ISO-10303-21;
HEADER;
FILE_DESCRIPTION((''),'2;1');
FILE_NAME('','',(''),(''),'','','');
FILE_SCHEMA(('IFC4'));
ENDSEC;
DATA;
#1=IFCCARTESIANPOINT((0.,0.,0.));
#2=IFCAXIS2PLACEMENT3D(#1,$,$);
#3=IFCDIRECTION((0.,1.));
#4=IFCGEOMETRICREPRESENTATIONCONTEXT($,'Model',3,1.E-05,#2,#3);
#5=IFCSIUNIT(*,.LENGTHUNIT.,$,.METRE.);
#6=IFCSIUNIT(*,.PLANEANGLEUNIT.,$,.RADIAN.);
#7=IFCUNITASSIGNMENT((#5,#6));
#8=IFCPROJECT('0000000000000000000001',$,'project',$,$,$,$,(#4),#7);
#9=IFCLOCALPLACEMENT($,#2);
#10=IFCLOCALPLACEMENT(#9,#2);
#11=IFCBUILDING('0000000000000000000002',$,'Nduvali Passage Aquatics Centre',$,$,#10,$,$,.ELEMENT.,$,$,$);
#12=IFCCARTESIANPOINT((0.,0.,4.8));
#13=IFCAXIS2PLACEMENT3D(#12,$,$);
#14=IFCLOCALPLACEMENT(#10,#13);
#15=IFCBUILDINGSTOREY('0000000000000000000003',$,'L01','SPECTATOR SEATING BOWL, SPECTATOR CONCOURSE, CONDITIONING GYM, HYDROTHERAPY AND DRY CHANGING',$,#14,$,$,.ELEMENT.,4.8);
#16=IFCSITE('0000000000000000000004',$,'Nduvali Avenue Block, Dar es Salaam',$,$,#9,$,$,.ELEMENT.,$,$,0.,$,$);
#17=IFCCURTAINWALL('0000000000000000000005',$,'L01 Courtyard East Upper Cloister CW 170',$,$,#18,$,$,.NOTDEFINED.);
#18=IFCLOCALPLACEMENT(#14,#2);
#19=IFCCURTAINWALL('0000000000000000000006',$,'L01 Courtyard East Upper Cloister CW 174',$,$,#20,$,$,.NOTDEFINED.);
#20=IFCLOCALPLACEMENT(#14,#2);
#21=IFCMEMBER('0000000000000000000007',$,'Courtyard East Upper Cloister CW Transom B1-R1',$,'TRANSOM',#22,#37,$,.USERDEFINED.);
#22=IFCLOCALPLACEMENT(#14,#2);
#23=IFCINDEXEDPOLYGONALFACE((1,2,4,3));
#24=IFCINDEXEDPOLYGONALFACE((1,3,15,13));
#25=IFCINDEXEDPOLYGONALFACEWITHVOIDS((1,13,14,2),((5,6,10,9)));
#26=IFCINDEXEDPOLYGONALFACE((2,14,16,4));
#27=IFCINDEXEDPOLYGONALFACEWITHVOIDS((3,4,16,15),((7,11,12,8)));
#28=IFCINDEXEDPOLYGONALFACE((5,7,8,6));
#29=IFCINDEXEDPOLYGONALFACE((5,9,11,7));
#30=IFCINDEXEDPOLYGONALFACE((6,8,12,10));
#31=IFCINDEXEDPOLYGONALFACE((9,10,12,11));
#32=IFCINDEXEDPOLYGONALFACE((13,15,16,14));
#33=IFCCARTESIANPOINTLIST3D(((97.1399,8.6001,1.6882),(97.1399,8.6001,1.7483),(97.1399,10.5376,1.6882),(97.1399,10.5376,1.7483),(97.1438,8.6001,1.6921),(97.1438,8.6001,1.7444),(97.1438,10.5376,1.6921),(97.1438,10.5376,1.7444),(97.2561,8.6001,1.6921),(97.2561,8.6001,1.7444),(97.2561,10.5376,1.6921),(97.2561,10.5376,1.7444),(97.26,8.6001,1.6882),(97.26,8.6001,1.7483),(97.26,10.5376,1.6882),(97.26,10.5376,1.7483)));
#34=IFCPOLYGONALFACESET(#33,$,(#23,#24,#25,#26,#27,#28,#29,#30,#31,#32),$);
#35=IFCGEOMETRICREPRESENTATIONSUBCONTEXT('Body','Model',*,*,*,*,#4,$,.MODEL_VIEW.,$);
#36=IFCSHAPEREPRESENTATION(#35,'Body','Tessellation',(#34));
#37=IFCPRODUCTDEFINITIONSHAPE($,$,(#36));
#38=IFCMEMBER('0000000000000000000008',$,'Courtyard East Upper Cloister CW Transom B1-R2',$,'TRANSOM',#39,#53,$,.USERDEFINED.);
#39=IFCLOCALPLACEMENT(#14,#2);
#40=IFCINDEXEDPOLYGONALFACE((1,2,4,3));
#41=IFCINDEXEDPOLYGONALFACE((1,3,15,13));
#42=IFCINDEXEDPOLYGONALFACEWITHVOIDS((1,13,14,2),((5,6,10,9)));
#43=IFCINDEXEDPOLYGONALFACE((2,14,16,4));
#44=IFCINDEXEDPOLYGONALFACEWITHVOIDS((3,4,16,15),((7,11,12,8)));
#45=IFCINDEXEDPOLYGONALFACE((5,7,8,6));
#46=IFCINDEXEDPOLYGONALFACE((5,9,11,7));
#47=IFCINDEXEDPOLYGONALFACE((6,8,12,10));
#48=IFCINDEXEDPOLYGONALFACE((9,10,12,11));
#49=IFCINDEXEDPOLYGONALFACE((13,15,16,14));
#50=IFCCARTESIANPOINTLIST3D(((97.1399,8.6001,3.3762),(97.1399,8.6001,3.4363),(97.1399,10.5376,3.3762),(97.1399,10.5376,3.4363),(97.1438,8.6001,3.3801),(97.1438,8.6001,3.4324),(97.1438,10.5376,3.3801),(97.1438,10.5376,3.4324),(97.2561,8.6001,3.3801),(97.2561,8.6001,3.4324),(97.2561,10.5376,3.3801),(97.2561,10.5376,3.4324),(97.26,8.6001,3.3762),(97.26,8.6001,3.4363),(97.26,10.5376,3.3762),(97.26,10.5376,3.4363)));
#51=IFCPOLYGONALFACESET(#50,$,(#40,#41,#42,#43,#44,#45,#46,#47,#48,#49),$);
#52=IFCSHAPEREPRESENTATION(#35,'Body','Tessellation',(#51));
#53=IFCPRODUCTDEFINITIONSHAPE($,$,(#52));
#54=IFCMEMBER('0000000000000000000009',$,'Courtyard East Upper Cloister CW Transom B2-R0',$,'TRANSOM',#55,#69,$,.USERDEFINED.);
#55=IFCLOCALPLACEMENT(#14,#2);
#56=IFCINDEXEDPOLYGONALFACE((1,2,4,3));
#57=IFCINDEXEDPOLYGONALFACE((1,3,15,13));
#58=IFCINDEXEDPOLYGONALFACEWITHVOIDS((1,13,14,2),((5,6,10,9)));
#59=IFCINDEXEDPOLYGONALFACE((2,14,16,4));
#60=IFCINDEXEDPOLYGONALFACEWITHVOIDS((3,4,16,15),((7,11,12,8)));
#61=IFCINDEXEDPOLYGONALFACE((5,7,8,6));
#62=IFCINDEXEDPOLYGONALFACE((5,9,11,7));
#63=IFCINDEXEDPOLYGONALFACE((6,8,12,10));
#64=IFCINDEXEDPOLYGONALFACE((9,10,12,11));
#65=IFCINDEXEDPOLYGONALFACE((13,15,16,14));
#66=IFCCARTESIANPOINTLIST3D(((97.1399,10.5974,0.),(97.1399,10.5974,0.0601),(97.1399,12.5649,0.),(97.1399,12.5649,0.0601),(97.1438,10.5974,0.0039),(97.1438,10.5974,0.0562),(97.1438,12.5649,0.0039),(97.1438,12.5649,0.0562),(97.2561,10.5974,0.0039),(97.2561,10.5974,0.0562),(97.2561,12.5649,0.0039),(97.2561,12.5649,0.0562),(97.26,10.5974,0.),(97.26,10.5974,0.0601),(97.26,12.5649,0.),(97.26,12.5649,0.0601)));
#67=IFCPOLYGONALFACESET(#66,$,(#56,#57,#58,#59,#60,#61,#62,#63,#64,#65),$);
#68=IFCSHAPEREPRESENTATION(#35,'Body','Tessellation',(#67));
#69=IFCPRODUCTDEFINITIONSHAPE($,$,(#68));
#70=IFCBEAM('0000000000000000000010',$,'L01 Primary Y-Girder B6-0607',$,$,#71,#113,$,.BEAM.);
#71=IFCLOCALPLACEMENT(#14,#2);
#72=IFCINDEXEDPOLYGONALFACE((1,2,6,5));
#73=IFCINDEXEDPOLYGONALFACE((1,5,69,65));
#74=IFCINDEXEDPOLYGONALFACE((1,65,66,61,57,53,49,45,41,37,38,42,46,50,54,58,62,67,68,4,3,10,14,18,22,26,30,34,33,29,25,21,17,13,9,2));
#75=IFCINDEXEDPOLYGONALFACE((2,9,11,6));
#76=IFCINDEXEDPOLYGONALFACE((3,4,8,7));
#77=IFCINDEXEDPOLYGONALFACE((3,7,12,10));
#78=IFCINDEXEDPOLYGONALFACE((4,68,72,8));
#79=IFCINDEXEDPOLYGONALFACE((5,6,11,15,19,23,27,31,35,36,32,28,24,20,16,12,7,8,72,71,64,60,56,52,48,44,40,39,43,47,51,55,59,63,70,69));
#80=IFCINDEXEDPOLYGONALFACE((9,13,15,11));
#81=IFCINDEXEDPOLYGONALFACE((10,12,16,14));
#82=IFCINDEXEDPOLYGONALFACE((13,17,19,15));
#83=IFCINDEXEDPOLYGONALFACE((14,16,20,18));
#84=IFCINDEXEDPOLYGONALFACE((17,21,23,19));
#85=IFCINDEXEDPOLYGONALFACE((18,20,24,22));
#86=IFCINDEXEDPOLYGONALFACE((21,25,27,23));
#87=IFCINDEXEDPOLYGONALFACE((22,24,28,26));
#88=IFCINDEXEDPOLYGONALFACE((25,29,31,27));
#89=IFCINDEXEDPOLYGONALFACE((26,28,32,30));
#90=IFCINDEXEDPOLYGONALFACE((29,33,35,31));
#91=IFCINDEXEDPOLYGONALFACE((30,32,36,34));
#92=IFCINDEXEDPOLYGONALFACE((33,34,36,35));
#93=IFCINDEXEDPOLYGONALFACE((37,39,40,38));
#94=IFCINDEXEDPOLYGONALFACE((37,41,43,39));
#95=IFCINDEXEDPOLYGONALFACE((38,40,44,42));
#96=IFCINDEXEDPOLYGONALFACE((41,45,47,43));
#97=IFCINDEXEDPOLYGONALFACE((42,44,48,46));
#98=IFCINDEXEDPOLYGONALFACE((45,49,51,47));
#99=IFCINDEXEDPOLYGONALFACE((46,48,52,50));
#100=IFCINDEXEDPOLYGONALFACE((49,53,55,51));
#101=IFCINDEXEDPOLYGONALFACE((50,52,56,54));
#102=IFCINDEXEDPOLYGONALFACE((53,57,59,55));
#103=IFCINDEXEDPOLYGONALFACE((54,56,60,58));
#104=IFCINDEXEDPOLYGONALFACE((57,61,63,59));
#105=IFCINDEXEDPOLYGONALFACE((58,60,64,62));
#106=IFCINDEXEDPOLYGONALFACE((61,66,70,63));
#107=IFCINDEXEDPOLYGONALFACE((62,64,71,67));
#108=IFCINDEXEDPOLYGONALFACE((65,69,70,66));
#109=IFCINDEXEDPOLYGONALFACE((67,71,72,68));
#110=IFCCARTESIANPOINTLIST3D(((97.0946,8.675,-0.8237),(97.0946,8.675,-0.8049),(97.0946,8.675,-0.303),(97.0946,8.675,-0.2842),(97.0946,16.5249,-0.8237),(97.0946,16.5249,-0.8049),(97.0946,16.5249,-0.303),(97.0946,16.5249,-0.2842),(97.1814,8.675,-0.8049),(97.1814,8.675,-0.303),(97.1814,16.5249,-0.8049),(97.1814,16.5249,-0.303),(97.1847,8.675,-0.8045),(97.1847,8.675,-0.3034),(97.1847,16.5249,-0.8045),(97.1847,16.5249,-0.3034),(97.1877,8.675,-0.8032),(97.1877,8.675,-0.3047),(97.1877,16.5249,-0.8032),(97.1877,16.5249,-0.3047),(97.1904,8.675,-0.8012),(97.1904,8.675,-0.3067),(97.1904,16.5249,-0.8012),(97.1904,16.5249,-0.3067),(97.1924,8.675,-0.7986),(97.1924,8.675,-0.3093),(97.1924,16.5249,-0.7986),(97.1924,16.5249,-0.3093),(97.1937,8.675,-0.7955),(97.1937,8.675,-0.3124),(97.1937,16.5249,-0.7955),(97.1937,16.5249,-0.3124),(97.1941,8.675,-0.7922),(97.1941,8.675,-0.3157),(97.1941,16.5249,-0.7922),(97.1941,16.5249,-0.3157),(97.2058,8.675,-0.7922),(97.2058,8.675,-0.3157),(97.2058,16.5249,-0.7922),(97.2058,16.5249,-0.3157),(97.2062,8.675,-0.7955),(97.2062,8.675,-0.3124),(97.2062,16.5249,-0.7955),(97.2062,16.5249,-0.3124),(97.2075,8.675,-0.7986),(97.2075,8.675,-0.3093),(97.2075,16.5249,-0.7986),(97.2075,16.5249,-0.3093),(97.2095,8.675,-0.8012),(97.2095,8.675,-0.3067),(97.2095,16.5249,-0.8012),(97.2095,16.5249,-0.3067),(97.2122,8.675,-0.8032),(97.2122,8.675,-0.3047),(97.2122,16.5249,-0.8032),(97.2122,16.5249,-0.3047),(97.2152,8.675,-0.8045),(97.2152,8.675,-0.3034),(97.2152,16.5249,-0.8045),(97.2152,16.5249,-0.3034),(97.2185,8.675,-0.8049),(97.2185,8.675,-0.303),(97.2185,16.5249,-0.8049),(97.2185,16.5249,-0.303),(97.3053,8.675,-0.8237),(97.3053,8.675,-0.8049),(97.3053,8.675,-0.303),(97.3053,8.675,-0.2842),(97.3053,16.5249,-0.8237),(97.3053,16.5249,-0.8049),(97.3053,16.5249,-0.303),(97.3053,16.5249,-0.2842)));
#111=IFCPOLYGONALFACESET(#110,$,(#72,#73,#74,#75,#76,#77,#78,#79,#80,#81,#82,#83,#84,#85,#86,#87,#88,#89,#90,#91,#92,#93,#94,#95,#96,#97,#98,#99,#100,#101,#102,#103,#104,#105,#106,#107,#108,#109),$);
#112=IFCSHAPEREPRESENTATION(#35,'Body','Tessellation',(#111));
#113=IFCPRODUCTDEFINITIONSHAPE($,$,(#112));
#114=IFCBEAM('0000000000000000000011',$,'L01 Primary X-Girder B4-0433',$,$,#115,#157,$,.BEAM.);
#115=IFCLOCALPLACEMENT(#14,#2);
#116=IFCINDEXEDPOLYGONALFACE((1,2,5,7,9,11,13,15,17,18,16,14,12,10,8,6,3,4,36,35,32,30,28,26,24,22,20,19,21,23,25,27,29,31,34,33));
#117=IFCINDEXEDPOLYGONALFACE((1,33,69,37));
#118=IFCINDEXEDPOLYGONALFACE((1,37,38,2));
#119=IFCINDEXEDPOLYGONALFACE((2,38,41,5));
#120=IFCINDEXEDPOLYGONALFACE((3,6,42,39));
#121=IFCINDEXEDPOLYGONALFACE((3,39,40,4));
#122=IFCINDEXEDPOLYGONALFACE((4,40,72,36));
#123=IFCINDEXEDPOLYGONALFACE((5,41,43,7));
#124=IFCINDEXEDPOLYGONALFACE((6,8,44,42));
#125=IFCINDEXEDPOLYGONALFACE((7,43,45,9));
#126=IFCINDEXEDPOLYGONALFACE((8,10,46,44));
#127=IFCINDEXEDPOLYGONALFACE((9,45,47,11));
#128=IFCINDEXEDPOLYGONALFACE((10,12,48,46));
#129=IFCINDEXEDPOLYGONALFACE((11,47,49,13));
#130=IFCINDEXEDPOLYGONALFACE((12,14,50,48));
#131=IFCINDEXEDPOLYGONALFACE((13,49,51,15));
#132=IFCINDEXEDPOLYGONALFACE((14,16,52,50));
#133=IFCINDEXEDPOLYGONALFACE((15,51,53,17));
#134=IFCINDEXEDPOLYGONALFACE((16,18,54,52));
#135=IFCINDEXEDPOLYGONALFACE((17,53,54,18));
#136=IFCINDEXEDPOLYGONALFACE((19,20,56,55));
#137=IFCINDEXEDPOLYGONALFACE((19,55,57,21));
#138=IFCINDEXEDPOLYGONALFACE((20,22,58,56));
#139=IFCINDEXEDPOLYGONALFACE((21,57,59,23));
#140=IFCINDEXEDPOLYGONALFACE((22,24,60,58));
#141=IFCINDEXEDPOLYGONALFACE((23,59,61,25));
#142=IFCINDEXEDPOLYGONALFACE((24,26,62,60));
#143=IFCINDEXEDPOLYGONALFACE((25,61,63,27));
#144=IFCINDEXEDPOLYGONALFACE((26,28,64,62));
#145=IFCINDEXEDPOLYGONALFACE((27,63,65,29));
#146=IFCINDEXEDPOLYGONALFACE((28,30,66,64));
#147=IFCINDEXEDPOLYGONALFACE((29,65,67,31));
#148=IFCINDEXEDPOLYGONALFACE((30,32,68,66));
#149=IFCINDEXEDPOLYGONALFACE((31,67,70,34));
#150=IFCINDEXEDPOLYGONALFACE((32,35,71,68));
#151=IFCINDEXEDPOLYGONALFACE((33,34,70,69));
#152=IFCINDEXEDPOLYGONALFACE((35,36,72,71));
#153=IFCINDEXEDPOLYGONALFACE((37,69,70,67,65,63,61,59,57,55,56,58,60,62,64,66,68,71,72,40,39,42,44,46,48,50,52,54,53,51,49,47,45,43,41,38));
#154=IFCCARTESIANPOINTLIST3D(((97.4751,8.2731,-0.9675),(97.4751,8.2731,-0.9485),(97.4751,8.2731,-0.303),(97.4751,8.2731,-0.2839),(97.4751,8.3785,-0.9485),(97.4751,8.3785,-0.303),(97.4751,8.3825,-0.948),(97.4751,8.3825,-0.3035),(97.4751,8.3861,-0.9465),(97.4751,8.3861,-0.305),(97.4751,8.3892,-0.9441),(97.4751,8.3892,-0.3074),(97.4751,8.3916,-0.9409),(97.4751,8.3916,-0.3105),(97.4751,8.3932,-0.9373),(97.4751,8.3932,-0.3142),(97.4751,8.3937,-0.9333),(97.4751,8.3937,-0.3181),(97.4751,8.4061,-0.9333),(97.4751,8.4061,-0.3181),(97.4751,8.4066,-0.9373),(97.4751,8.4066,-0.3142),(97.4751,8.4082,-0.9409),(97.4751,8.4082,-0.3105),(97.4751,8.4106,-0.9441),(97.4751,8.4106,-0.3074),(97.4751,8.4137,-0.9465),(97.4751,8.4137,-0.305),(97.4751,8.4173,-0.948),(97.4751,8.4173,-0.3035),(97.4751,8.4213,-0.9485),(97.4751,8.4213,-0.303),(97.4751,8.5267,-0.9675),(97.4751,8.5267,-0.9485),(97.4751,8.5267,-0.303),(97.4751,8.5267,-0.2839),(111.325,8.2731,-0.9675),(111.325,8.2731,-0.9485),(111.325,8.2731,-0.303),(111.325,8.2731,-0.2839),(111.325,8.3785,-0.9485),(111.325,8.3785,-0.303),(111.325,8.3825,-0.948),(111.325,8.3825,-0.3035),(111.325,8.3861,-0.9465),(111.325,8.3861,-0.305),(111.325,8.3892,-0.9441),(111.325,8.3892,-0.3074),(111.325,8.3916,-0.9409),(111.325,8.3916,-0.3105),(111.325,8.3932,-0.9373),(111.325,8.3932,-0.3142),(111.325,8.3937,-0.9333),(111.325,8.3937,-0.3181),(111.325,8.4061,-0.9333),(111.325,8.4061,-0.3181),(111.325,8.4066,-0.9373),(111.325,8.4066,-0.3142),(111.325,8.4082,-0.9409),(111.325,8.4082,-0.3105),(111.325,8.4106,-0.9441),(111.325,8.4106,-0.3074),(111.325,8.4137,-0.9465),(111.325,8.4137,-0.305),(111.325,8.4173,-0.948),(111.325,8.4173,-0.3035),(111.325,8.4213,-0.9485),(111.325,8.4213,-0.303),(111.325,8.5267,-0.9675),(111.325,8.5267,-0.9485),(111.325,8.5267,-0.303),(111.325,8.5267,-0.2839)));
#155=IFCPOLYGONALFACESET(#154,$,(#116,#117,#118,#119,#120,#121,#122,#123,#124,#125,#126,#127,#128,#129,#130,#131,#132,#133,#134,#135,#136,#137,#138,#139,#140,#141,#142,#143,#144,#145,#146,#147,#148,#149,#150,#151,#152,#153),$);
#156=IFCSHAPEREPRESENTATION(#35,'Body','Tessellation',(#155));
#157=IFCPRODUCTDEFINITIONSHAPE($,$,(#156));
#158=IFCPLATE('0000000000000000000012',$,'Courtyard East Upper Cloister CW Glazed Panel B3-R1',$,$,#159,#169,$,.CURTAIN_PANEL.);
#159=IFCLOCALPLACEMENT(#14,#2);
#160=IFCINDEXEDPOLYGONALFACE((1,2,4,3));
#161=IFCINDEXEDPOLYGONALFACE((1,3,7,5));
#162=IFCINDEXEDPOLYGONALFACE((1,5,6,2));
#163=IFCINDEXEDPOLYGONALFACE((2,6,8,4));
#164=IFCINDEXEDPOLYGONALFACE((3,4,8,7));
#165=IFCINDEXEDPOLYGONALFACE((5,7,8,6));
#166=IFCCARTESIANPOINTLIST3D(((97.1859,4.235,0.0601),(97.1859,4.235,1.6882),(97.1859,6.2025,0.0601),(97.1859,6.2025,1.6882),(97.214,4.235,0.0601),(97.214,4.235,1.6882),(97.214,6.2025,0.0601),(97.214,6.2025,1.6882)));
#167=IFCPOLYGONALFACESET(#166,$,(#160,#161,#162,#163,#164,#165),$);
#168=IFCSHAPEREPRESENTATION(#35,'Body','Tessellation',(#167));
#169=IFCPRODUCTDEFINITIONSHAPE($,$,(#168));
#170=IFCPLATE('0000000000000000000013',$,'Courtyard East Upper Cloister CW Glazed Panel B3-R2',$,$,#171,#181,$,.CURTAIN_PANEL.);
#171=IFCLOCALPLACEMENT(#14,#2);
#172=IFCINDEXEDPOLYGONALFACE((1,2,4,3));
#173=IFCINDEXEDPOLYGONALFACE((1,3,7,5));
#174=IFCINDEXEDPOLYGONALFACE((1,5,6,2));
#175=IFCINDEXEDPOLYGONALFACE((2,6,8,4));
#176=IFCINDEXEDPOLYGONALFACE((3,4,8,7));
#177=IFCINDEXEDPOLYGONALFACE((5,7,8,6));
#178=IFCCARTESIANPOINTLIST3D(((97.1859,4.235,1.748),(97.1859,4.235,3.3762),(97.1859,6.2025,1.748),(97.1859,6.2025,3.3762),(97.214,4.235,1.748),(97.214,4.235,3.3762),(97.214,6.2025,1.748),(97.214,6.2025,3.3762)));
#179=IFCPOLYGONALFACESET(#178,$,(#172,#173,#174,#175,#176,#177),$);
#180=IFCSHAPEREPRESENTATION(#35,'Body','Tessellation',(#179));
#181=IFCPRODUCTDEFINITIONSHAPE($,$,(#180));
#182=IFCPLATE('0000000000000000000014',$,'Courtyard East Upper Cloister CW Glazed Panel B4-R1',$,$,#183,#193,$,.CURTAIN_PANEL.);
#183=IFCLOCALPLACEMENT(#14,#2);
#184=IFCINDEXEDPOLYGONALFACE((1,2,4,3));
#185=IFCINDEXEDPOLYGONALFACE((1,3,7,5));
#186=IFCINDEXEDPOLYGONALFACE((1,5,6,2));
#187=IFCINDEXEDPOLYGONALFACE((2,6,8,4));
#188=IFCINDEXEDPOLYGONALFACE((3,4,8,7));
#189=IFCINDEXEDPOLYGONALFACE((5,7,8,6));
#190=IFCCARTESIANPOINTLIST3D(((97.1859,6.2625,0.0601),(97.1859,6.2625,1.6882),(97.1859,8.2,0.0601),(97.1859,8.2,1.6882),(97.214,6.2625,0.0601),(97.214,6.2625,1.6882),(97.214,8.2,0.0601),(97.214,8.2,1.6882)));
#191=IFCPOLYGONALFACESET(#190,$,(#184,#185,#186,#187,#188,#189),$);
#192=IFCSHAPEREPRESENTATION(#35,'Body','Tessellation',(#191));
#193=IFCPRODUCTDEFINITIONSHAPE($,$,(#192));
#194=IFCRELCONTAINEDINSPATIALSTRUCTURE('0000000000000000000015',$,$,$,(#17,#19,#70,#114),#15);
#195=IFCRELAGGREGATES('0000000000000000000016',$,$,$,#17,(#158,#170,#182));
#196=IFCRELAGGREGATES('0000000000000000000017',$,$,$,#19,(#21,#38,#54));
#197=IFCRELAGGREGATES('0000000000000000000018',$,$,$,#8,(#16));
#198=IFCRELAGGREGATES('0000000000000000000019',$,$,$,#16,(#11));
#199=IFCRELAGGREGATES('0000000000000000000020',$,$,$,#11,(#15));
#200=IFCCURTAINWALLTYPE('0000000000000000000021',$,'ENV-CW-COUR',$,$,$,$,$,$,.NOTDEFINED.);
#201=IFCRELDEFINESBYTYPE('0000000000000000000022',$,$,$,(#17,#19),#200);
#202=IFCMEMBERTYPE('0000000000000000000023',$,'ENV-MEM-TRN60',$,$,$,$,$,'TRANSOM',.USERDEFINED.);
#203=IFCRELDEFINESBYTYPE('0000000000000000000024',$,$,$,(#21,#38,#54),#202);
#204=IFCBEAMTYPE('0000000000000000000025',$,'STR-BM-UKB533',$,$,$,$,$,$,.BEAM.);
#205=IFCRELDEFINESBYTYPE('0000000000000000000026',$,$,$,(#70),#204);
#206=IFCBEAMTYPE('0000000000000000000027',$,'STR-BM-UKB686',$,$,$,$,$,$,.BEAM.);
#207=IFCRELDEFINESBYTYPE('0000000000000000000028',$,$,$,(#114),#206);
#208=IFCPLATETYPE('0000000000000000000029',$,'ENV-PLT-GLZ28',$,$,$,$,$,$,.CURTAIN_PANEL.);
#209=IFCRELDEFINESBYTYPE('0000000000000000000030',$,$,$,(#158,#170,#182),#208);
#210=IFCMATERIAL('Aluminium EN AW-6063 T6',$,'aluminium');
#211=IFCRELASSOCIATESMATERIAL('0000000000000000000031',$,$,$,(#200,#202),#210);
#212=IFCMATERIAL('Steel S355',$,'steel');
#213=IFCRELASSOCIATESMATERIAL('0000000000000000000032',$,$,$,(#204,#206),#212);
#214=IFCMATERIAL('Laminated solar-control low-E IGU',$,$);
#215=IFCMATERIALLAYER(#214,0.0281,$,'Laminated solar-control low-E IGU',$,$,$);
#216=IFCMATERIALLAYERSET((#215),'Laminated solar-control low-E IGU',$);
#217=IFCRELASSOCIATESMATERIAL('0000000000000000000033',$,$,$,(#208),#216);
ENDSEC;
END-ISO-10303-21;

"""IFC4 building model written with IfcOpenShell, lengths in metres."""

from ifc_helpers import new_model, si_unit, direction, frame, origin, origin_2d, place, context, subcontext, project, spatial, rectangle, hollow_rectangle, i_section, extrude, material, layer, layer_set, material_profile, profile_set, type_object, element, aggregate, save


model = new_model("IFC4")

# Units and contexts
model_context = context("Model", 3, precision=1e-05, world=origin(), true_north=direction((0.0, 1.0)))
body_context = subcontext(model_context, "Body", "Model", "MODEL_VIEW")
ifc_project = project(units=[si_unit("LENGTHUNIT", "METRE"), si_unit("PLANEANGLEUNIT", "RADIAN")], contexts=[model_context])

# Site, building, storey
site_placement = place(None, origin())
site = spatial("IfcSite", under=ifc_project, at=site_placement, Name="Nduvali Avenue Block, Dar es Salaam", CompositionType="ELEMENT", RefElevation=0.0)
building_placement = place(site_placement, origin())
building = spatial("IfcBuilding", under=site, at=building_placement, Name="Nduvali Passage Aquatics Centre", CompositionType="ELEMENT")
storey_placement = place(building_placement, frame((0.0, 0.0, 4.8)))
storey = spatial("IfcBuildingStorey", under=building, at=storey_placement, Name="L01", Description="SPECTATOR SEATING BOWL, SPECTATOR CONCOURSE, CONDITIONING GYM, HYDROTHERAPY AND DRY CHANGING", CompositionType="ELEMENT", Elevation=4.8)

# Shared definitions
ifc_material_1 = material(Name="Steel S355", Category="steel")

# Curtain walls
ifc_material_2 = material(Name="Aluminium EN AW-6063 T6", Category="aluminium")
curtain_wall_type = type_object("IfcCurtainWallType", Name="ENV-CW-COUR", PredefinedType="NOTDEFINED", material=ifc_material_2)
curtain_wall_1_placement = place(storey_placement, origin())
curtain_wall_1 = element("IfcCurtainWall", 1, at=curtain_wall_1_placement, inside=storey, type_object=curtain_wall_type, Name="L01 Courtyard East Upper Cloister CW 170", PredefinedType="NOTDEFINED")
curtain_wall_2_placement = place(storey_placement, origin())
curtain_wall_2 = element("IfcCurtainWall", 2, at=curtain_wall_2_placement, inside=storey, type_object=curtain_wall_type, Name="L01 Courtyard East Upper Cloister CW 174", PredefinedType="NOTDEFINED")

# Members
ifc_material_profile_1 = material_profile(ifc_material_2, hollow_rectangle(XDim=0.1201, YDim=0.0601, WallThickness=0.0039, at=origin_2d()), Name="ALU TRANSOM 120x60x4")
ifc_profile_set_1 = profile_set([ifc_material_profile_1], Name="Aluminium EN AW-6063 T6")
member_type_1 = type_object("IfcMemberType", Name="ENV-MEM-TRN60", ElementType="TRANSOM", PredefinedType="USERDEFINED", material=ifc_profile_set_1)
member_1_placement = place(storey_placement, frame((97.2, 8.6001, 1.7183), z_axis=(0.0, 1.0, 0.0), x_axis=(-1.0, 0.0, 0.0)))
member_1 = element("IfcMember", 3, at=member_1_placement, type_object=member_type_1, Name="Courtyard East Upper Cloister CW Transom B1-R1", ObjectType="TRANSOM", PredefinedType="USERDEFINED", context=body_context, shape_type="SweptSolid", body=[
    extrude(hollow_rectangle(XDim=0.1201, YDim=0.0601, WallThickness=0.0039, at=origin_2d()), origin(), (0.0, 0.0, 1.0), 1.9375),
])
member_2_placement = place(storey_placement, frame((97.2, 8.6001, 3.4062), z_axis=(0.0, 1.0, 0.0), x_axis=(-1.0, 0.0, 0.0)))
member_2 = element("IfcMember", 4, at=member_2_placement, type_object=member_type_1, Name="Courtyard East Upper Cloister CW Transom B1-R2", ObjectType="TRANSOM", PredefinedType="USERDEFINED", context=body_context, shape_type="SweptSolid", body=[
    extrude(hollow_rectangle(XDim=0.1201, YDim=0.0601, WallThickness=0.0039, at=origin_2d()), origin(), (0.0, 0.0, 1.0), 1.9375),
])
member_3_placement = place(storey_placement, frame((97.2, 10.5974, 0.03), z_axis=(0.0, 1.0, 0.0), x_axis=(-1.0, 0.0, 0.0)))
member_3 = element("IfcMember", 5, at=member_3_placement, type_object=member_type_1, Name="Courtyard East Upper Cloister CW Transom B2-R0", ObjectType="TRANSOM", PredefinedType="USERDEFINED", context=body_context, shape_type="SweptSolid", body=[
    extrude(hollow_rectangle(XDim=0.1201, YDim=0.0601, WallThickness=0.0039, at=origin_2d()), origin(), (0.0, 0.0, 1.0), 1.9675),
])

# Beams
ifc_material_profile_2 = material_profile(ifc_material_1, i_section(OverallWidth=0.2107, OverallDepth=0.5396, WebThickness=0.0117, FlangeThickness=0.0188, FilletRadius=0.0127, at=origin_2d()), Name="UKB 533x210x109")
ifc_profile_set_2 = profile_set([ifc_material_profile_2], Name="Steel S355")
beam_type_1 = type_object("IfcBeamType", Name="STR-BM-UKB533", PredefinedType="BEAM", material=ifc_profile_set_2)
beam_1_placement = place(storey_placement, frame((97.2, 8.675, -0.554), z_axis=(0.0, 1.0, 0.0), x_axis=(-1.0, 0.0, 0.0)))
element("IfcBeam", 6, at=beam_1_placement, inside=storey, type_object=beam_type_1, Name="L01 Primary Y-Girder B6-0607", PredefinedType="BEAM", context=body_context, shape_type="SweptSolid", body=[
    extrude(i_section(OverallWidth=0.2107, OverallDepth=0.5396, WebThickness=0.0117, FlangeThickness=0.0188, FilletRadius=0.0127, at=origin_2d()), origin(), (0.0, 0.0, 1.0), 7.8499),
])
ifc_material_profile_3 = material_profile(ifc_material_1, i_section(OverallWidth=0.2537, OverallDepth=0.6836, WebThickness=0.0125, FlangeThickness=0.019, FilletRadius=0.0151, at=origin_2d()), Name="UKB 686x254x140")
ifc_profile_set_3 = profile_set([ifc_material_profile_3], Name="Steel S355")
beam_type_2 = type_object("IfcBeamType", Name="STR-BM-UKB686", PredefinedType="BEAM", material=ifc_profile_set_3)
beam_2_placement = place(storey_placement, frame((97.4751, 8.3999, -0.6257), z_axis=(1.0, 0.0, 0.0), x_axis=(0.0, 1.0, 0.0)))
element("IfcBeam", 7, at=beam_2_placement, inside=storey, type_object=beam_type_2, Name="L01 Primary X-Girder B4-0433", PredefinedType="BEAM", context=body_context, shape_type="SweptSolid", body=[
    extrude(i_section(OverallWidth=0.2537, OverallDepth=0.6836, WebThickness=0.0125, FlangeThickness=0.019, FilletRadius=0.0151, at=origin_2d()), origin(), (0.0, 0.0, 1.0), 13.8499),
])

# Plates
ifc_material_3 = material(Name="Laminated solar-control low-E IGU")
ifc_layer = layer(ifc_material_3, 0.0281, Name="Laminated solar-control low-E IGU")
ifc_layer_set = layer_set([ifc_layer], Name="Laminated solar-control low-E IGU")
plate_type = type_object("IfcPlateType", Name="ENV-PLT-GLZ28", PredefinedType="CURTAIN_PANEL", material=ifc_layer_set)
plate_1_placement = place(storey_placement, frame((97.2, 5.2188, 0.0601), z_axis=(0.0, 0.0, 1.0), x_axis=(0.0, 1.0, 0.0)))
plate_1 = element("IfcPlate", 8, at=plate_1_placement, type_object=plate_type, Name="Courtyard East Upper Cloister CW Glazed Panel B3-R1", PredefinedType="CURTAIN_PANEL", context=body_context, shape_type="SweptSolid", body=[
    extrude(rectangle(XDim=1.9675, YDim=0.0281, at=origin_2d()), origin(), (0.0, 0.0, 1.0), 1.6282),
])
plate_2_placement = place(storey_placement, frame((97.2, 5.2188, 1.748), z_axis=(0.0, 0.0, 1.0), x_axis=(0.0, 1.0, 0.0)))
plate_2 = element("IfcPlate", 9, at=plate_2_placement, type_object=plate_type, Name="Courtyard East Upper Cloister CW Glazed Panel B3-R2", PredefinedType="CURTAIN_PANEL", context=body_context, shape_type="SweptSolid", body=[
    extrude(rectangle(XDim=1.9675, YDim=0.0281, at=origin_2d()), origin(), (0.0, 0.0, 1.0), 1.6282),
])
plate_3_placement = place(storey_placement, frame((97.2, 7.2312, 0.0601), z_axis=(0.0, 0.0, 1.0), x_axis=(0.0, 1.0, 0.0)))
plate_3 = element("IfcPlate", 10, at=plate_3_placement, type_object=plate_type, Name="Courtyard East Upper Cloister CW Glazed Panel B4-R1", PredefinedType="CURTAIN_PANEL", context=body_context, shape_type="SweptSolid", body=[
    extrude(rectangle(XDim=1.9375, YDim=0.0281, at=origin_2d()), origin(), (0.0, 0.0, 1.0), 1.6282),
])
aggregate(curtain_wall_1, [plate_1, plate_2, plate_3])
aggregate(curtain_wall_2, [member_1, member_2, member_3])

save(model, "model.ifc")
